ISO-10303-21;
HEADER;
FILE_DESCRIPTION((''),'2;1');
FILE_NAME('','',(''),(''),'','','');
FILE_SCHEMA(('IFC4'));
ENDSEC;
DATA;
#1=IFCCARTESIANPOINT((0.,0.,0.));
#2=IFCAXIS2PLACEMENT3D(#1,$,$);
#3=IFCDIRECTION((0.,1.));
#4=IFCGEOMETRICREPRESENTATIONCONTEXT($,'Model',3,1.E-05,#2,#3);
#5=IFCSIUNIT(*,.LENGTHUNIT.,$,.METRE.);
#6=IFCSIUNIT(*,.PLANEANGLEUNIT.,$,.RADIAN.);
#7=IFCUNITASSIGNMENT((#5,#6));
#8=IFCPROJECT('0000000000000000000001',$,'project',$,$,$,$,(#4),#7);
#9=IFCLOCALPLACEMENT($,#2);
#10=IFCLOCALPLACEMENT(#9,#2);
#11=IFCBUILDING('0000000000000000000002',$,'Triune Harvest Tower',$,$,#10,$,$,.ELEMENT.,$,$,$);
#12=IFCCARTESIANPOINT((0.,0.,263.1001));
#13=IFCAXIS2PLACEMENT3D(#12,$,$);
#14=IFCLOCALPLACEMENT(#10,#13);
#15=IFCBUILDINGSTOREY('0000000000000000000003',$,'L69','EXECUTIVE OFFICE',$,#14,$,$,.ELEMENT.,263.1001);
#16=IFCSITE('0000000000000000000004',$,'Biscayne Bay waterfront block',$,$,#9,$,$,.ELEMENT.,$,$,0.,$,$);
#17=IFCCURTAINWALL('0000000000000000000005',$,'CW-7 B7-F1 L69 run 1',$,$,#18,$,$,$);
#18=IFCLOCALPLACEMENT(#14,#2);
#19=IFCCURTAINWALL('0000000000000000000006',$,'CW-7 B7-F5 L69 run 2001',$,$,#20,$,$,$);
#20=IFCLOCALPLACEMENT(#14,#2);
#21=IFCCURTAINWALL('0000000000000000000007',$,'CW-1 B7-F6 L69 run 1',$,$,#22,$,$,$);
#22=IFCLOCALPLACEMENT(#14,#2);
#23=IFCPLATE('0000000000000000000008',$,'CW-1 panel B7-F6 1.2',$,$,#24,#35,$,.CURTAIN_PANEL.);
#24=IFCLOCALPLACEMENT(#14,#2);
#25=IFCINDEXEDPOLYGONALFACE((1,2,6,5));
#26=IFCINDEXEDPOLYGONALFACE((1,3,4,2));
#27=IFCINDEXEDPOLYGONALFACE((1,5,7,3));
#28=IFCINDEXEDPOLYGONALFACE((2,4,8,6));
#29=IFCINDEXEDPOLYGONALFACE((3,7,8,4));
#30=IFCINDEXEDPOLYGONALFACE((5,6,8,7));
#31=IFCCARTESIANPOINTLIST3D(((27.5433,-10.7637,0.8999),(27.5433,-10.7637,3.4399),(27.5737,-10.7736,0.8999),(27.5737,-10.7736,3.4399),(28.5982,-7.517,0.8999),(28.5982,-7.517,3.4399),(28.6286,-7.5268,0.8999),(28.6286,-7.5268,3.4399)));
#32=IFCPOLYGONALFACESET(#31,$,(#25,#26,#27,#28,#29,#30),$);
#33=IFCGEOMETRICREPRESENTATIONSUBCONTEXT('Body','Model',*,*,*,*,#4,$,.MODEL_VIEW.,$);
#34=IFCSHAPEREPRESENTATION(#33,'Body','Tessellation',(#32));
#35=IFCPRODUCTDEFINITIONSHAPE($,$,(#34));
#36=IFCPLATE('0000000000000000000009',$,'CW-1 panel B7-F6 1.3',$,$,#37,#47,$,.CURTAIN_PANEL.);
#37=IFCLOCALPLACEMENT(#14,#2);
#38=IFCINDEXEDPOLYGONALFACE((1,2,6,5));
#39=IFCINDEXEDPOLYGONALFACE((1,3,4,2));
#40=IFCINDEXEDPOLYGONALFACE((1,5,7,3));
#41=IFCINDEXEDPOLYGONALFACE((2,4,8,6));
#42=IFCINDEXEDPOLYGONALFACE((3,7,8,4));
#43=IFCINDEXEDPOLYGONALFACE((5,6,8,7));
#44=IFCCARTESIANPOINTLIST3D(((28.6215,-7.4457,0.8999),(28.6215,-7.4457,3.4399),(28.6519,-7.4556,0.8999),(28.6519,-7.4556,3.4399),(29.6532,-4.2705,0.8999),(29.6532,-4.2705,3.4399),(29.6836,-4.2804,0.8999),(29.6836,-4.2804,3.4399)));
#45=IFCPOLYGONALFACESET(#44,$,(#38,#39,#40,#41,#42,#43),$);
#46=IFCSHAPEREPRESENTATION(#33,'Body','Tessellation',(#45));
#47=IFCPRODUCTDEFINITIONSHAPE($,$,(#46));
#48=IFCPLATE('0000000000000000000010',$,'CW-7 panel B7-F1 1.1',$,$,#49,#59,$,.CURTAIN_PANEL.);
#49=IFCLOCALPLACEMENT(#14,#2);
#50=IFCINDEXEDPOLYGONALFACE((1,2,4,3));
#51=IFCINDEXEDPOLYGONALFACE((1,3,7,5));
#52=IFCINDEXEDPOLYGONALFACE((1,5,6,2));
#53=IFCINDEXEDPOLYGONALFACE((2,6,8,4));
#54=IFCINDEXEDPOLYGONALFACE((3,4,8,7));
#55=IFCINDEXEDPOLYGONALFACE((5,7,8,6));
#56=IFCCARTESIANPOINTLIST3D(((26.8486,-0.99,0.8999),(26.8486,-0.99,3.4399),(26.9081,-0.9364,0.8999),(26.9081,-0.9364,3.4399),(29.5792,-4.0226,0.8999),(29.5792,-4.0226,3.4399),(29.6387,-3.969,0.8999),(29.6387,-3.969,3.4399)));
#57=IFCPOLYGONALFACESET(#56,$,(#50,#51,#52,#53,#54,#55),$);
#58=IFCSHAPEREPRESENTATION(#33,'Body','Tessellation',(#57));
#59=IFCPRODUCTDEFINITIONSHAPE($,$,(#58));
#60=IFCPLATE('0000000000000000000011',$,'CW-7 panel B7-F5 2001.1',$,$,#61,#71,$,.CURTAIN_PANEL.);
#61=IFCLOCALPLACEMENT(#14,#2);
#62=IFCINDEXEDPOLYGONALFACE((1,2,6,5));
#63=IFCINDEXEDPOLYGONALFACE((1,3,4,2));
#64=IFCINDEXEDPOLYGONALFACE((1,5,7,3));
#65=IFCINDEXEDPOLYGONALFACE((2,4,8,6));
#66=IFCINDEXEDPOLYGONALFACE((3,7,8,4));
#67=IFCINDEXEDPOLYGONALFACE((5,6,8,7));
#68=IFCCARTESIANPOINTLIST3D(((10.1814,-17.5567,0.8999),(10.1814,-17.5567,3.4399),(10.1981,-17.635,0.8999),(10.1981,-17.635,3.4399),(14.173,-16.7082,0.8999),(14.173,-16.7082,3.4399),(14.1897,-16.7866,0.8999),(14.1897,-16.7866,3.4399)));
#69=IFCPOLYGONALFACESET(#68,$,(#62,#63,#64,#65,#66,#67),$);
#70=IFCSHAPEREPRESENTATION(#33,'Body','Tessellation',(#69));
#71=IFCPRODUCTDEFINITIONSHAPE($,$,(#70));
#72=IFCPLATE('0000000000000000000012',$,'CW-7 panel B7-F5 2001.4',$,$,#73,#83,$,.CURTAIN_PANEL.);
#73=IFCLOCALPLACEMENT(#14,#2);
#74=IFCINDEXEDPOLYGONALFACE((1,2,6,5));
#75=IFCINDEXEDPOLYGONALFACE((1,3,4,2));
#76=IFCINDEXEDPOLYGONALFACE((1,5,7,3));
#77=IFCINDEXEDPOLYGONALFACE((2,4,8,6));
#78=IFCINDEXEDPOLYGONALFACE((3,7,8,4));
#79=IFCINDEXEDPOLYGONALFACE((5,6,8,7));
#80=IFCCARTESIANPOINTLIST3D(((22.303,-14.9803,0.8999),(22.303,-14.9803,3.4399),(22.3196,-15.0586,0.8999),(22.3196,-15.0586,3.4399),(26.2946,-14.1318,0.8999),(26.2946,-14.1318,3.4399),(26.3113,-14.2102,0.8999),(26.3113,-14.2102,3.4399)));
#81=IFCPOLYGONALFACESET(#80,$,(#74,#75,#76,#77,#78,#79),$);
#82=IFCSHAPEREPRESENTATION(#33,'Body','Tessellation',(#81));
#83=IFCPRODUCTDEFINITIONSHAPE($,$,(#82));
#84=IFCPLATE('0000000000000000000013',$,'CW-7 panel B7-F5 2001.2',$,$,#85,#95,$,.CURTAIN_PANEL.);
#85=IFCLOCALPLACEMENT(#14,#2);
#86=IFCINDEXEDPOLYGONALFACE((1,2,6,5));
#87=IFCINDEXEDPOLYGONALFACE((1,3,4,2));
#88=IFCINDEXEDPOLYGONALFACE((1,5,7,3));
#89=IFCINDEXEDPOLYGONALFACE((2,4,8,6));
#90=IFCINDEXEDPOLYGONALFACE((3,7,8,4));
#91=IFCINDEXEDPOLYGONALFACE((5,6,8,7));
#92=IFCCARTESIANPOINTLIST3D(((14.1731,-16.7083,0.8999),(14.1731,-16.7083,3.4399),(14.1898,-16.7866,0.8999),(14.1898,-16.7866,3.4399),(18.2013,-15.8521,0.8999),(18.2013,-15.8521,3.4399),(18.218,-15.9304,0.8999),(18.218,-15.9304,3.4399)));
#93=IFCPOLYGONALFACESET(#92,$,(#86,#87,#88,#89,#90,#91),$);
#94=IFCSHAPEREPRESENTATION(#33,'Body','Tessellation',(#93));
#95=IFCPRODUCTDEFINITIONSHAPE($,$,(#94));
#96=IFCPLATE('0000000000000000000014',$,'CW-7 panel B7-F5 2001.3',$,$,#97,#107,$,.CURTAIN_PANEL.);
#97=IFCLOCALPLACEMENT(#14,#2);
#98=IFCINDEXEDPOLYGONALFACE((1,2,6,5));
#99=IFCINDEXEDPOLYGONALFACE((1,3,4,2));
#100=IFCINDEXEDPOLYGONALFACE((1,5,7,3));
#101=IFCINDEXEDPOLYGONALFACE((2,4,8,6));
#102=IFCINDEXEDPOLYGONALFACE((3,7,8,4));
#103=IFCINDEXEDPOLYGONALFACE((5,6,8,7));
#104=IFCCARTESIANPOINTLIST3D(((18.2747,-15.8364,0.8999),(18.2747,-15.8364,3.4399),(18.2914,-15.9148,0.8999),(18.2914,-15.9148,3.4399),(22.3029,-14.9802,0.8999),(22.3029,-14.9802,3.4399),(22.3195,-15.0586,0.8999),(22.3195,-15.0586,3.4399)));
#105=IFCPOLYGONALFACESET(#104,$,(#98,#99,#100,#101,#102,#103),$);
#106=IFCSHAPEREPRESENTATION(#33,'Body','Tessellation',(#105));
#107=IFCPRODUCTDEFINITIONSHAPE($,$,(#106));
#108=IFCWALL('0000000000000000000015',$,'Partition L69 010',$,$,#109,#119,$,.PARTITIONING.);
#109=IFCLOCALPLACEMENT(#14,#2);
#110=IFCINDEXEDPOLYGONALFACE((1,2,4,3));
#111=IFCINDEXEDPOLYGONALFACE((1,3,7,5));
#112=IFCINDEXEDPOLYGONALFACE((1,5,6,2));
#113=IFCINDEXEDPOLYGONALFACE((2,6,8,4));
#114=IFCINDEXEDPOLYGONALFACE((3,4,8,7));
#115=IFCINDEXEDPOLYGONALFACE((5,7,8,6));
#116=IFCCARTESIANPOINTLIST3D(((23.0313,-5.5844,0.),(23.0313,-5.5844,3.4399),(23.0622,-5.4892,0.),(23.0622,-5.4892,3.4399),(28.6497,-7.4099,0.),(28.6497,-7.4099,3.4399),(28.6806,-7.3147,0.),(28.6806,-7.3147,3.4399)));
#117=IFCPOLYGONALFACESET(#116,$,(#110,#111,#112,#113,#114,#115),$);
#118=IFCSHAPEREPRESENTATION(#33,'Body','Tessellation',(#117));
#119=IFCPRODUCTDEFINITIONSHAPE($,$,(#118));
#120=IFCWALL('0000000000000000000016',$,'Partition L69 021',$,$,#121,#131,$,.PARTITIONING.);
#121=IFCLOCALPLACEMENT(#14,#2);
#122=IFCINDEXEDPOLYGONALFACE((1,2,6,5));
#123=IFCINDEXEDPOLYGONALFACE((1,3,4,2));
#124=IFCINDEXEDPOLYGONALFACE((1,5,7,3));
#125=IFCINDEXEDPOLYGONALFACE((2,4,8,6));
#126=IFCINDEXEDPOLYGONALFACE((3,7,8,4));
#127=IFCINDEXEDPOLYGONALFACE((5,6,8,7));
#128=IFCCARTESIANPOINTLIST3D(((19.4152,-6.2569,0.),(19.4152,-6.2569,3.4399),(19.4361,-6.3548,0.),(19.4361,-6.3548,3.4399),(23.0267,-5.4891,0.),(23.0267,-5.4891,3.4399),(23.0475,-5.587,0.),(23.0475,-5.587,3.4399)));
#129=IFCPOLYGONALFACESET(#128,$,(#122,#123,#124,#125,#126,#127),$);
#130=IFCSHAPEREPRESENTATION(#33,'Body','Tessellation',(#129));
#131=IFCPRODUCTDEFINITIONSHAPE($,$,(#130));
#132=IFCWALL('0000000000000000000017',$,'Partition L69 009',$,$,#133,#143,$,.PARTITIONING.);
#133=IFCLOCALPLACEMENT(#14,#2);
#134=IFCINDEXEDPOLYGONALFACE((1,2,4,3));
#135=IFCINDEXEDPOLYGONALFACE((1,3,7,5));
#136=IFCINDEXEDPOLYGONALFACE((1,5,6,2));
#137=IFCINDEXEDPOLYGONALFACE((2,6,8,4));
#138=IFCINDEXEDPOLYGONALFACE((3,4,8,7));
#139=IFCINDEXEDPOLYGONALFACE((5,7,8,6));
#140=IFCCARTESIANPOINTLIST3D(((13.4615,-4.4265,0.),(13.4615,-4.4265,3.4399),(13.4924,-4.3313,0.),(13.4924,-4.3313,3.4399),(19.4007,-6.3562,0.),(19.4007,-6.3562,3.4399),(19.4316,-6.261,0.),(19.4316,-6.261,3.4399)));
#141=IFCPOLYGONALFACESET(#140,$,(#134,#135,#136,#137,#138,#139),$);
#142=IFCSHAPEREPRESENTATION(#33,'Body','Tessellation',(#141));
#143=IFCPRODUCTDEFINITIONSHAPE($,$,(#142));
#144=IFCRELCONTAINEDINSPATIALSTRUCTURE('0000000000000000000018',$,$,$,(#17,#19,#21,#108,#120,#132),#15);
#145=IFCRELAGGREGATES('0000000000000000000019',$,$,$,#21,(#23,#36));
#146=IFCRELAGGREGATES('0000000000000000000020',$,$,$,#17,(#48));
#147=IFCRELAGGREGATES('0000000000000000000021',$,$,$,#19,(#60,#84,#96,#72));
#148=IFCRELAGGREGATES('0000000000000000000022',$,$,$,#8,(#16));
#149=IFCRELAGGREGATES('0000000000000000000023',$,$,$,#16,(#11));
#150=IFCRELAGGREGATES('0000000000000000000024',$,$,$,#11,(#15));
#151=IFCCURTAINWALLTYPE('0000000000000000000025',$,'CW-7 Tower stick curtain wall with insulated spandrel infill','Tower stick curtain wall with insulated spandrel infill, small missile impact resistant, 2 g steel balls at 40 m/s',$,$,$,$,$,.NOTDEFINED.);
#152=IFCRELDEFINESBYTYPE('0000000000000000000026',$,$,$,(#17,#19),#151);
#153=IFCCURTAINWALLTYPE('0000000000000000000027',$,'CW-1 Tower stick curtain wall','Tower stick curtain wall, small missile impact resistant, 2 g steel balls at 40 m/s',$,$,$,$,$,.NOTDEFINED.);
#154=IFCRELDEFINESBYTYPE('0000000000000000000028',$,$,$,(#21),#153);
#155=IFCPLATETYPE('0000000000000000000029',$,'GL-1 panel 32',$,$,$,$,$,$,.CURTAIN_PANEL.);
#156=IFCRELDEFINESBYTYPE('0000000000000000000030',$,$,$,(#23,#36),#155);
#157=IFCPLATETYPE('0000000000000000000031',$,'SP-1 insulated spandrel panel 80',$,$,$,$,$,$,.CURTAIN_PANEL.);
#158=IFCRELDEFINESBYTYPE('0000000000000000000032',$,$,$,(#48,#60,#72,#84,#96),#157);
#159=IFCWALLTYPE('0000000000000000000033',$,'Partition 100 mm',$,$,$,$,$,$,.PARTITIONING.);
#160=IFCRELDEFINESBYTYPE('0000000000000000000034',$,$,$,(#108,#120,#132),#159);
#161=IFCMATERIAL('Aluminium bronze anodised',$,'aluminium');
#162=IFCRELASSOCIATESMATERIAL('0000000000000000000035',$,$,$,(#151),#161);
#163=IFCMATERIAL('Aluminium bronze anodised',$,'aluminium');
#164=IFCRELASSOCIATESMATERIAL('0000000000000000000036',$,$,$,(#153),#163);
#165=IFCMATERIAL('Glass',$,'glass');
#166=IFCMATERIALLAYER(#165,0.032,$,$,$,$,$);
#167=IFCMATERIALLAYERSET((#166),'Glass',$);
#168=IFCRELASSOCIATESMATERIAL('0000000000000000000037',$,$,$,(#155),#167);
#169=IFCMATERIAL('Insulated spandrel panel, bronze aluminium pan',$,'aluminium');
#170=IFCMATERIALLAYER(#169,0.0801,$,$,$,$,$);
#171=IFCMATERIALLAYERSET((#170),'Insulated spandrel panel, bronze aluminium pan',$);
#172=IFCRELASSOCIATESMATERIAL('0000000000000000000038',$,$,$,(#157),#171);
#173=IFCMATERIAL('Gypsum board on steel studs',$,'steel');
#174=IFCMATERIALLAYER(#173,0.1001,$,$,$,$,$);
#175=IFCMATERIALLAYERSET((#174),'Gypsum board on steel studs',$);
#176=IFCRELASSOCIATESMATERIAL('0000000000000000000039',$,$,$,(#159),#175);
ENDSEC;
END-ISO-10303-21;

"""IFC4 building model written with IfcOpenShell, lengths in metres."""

from ifc_helpers import new_model, si_unit, direction, frame, frame_2d, origin, origin_2d, place, context, subcontext, project, spatial, rectangle, extrude, source, transform, mapped, material, layer, layer_set, type_object, element, aggregate, save


model = new_model("IFC4")

# Units and contexts
model_context = context("Model", 3, precision=1e-05, world=origin(), true_north=direction((0.0, 1.0)))
body_context = subcontext(model_context, "Body", "Model", "MODEL_VIEW")
ifc_project = project(units=[si_unit("LENGTHUNIT", "METRE"), si_unit("PLANEANGLEUNIT", "RADIAN")], contexts=[model_context])

# Site, building, storey
site_placement = place(None, origin())
site = spatial("IfcSite", under=ifc_project, at=site_placement, Name="Biscayne Bay waterfront block", CompositionType="ELEMENT", RefElevation=0.0)
building_placement = place(site_placement, origin())
building = spatial("IfcBuilding", under=site, at=building_placement, Name="Triune Harvest Tower", CompositionType="ELEMENT")
storey_placement = place(building_placement, frame((0.0, 0.0, 263.1001)))
storey = spatial("IfcBuildingStorey", under=building, at=storey_placement, Name="L69", Description="EXECUTIVE OFFICE", CompositionType="ELEMENT", Elevation=263.1001)

# Curtain wall
ifc_material_1 = material(Name="Aluminium bronze anodised", Category="aluminium")
curtain_wall_type_1 = type_object("IfcCurtainWallType", Name="CW-7 Tower stick curtain wall with insulated spandrel infill", Description="Tower stick curtain wall with insulated spandrel infill, small missile impact resistant, 2 g steel balls at 40 m/s", PredefinedType="NOTDEFINED", material=ifc_material_1)
curtain_wall_1_placement = place(storey_placement, origin())
curtain_wall_1 = element("IfcCurtainWall", 1, at=curtain_wall_1_placement, inside=storey, type_object=curtain_wall_type_1, Name="CW-7 B7-F1 L69 run 1")

# Curtain walls
curtain_wall_2_placement = place(storey_placement, origin())
curtain_wall_2 = element("IfcCurtainWall", 2, at=curtain_wall_2_placement, inside=storey, type_object=curtain_wall_type_1, Name="CW-7 B7-F5 L69 run 2001")
ifc_material_2 = material(Name="Aluminium bronze anodised", Category="aluminium")
curtain_wall_type_2 = type_object("IfcCurtainWallType", Name="CW-1 Tower stick curtain wall", Description="Tower stick curtain wall, small missile impact resistant, 2 g steel balls at 40 m/s", PredefinedType="NOTDEFINED", material=ifc_material_2)
curtain_wall_3_placement = place(storey_placement, origin())
curtain_wall_3 = element("IfcCurtainWall", 3, at=curtain_wall_3_placement, inside=storey, type_object=curtain_wall_type_2, Name="CW-1 B7-F6 L69 run 1")

# Plates
ifc_material_3 = material(Name="Glass", Category="glass")
ifc_layer_1 = layer(ifc_material_3, 0.032)
ifc_layer_set_1 = layer_set([ifc_layer_1], Name="Glass")
plate_type_1 = type_object("IfcPlateType", Name="GL-1 panel 32", PredefinedType="CURTAIN_PANEL", material=ifc_layer_set_1)
shared_shape_1 = source(origin(), body_context, "Body", "SweptSolid", [
    extrude(rectangle(XDim=3.4138, YDim=0.032, at=origin_2d()), origin(), (0.0, 0.0, 1.0), 2.54),
])
plate_1_placement = place(storey_placement, frame((28.0859, -9.1453, 0.8999), z_axis=(0.0, 0.0, 1.0), x_axis=(0.309019, 0.951056, 0.0)))
plate_1 = element("IfcPlate", 4, at=plate_1_placement, type_object=plate_type_1, Name="CW-1 panel B7-F6 1.2", PredefinedType="CURTAIN_PANEL", context=body_context, shape_type="MappedRepresentation", body=[
    mapped(shared_shape_1, transform((0.0, 0.0, 0.0), scale=1.0)),
])
shared_shape_2 = source(origin(), body_context, "Body", "SweptSolid", [
    extrude(rectangle(XDim=3.3386, YDim=0.032, at=origin_2d()), origin(), (0.0, 0.0, 1.0), 2.54),
])
plate_2_placement = place(storey_placement, frame((29.1526, -5.863, 0.8999), z_axis=(0.0, 0.0, 1.0), x_axis=(0.309019, 0.951056, 0.0)))
plate_2 = element("IfcPlate", 5, at=plate_2_placement, type_object=plate_type_1, Name="CW-1 panel B7-F6 1.3", PredefinedType="CURTAIN_PANEL", context=body_context, shape_type="MappedRepresentation", body=[
    mapped(shared_shape_2, transform((0.0, 0.0, 0.0), scale=1.0)),
])
aggregate(curtain_wall_3, [plate_1, plate_2])
ifc_material_4 = material(Name="Insulated spandrel panel, bronze aluminium pan", Category="aluminium")
ifc_layer_2 = layer(ifc_material_4, 0.0801)
ifc_layer_set_2 = layer_set([ifc_layer_2], Name="Insulated spandrel panel, bronze aluminium pan")
plate_type_2 = type_object("IfcPlateType", Name="SP-1 insulated spandrel panel 80", PredefinedType="CURTAIN_PANEL", material=ifc_layer_set_2)
shared_shape_3 = source(origin(), body_context, "Body", "SweptSolid", [
    extrude(rectangle(XDim=4.0808, YDim=0.0801, at=origin_2d()), origin(), (0.0, 0.0, 1.0), 2.54),
])
plate_3_placement = place(storey_placement, frame((28.2437, -2.4795, 0.8999), z_axis=(0.0, 0.0, 1.0), x_axis=(-0.669134, 0.743142, 0.0)))
plate_3 = element("IfcPlate", 6, at=plate_3_placement, type_object=plate_type_2, Name="CW-7 panel B7-F1 1.1", PredefinedType="CURTAIN_PANEL", context=body_context, shape_type="MappedRepresentation", body=[
    mapped(shared_shape_3, transform((0.0, 0.0, 0.0), scale=1.0)),
])
aggregate(curtain_wall_1, [plate_3])
plate_4_placement = place(storey_placement, frame((12.1855, -17.1716, 0.8999), z_axis=(0.0, 0.0, 1.0), x_axis=(0.978148, 0.207909, 0.0)))
plate_4 = element("IfcPlate", 7, at=plate_4_placement, type_object=plate_type_2, Name="CW-7 panel B7-F5 2001.1", PredefinedType="CURTAIN_PANEL", context=body_context, shape_type="MappedRepresentation", body=[
    mapped(shared_shape_3, transform((0.0, 0.0, 0.0), scale=1.0)),
])
plate_5_placement = place(storey_placement, frame((24.3071, -14.5952, 0.8999), z_axis=(0.0, 0.0, 1.0), x_axis=(0.978148, 0.207909, 0.0)))
plate_5 = element("IfcPlate", 8, at=plate_5_placement, type_object=plate_type_2, Name="CW-7 panel B7-F5 2001.4", PredefinedType="CURTAIN_PANEL", context=body_context, shape_type="MappedRepresentation", body=[
    mapped(shared_shape_3, transform((0.0, 0.0, 0.0), scale=1.0)),
])
shared_shape_4 = source(origin(), body_context, "Body", "SweptSolid", [
    extrude(rectangle(XDim=4.1182, YDim=0.0801, at=origin_2d()), origin(), (0.0, 0.0, 1.0), 2.54),
])
plate_6_placement = place(storey_placement, frame((16.1956, -16.3193, 0.8999), z_axis=(0.0, 0.0, 1.0), x_axis=(0.978148, 0.207909, 0.0)))
plate_6 = element("IfcPlate", 9, at=plate_6_placement, type_object=plate_type_2, Name="CW-7 panel B7-F5 2001.2", PredefinedType="CURTAIN_PANEL", context=body_context, shape_type="MappedRepresentation", body=[
    mapped(shared_shape_4, transform((0.0, 0.0, 0.0), scale=1.0)),
])
plate_7_placement = place(storey_placement, frame((20.2971, -15.4475, 0.8999), z_axis=(0.0, 0.0, 1.0), x_axis=(0.978148, 0.207909, 0.0)))
plate_7 = element("IfcPlate", 10, at=plate_7_placement, type_object=plate_type_2, Name="CW-7 panel B7-F5 2001.3", PredefinedType="CURTAIN_PANEL", context=body_context, shape_type="MappedRepresentation", body=[
    mapped(shared_shape_4, transform((0.0, 0.0, 0.0), scale=1.0)),
])
aggregate(curtain_wall_2, [plate_4, plate_6, plate_7, plate_5])

# Walls
ifc_material_5 = material(Name="Gypsum board on steel studs", Category="steel")
ifc_layer_3 = layer(ifc_material_5, 0.1001)
ifc_layer_set_3 = layer_set([ifc_layer_3], Name="Gypsum board on steel studs")
wall_type = type_object("IfcWallType", Name="Partition 100 mm", PredefinedType="PARTITIONING", material=ifc_layer_set_3)
wall_1_placement = place(storey_placement, frame((23.0469, -5.5369, 0.0), z_axis=(0.0, 0.0, 1.0), x_axis=(0.951061, -0.309003, 0.0)))
element("IfcWall", 11, at=wall_1_placement, inside=storey, type_object=wall_type, Name="Partition L69 010", PredefinedType="PARTITIONING", context=body_context, shape_type="SweptSolid", body=[
    extrude(rectangle(XDim=5.9075, YDim=0.1001, at=frame_2d((2.9536, 0.0))), origin(), (0.0, 0.0, 1.0), 3.4399),
])
wall_2_placement = place(storey_placement, frame((19.4255, -6.3059, 0.0), z_axis=(0.0, 0.0, 1.0), x_axis=(0.978136, 0.207966, 0.0)))
element("IfcWall", 12, at=wall_2_placement, inside=storey, type_object=wall_type, Name="Partition L69 021", PredefinedType="PARTITIONING", context=body_context, shape_type="SweptSolid", body=[
    extrude(rectangle(XDim=3.6921, YDim=0.1001, at=frame_2d((1.8462, 0.0))), origin(), (0.0, 0.0, 1.0), 3.4399),
])
shared_shape_5 = source(origin(), body_context, "Body", "SweptSolid", [
    extrude(rectangle(XDim=6.2449, YDim=0.1001, at=frame_2d((3.1226, 0.0))), origin(), (0.0, 0.0, 1.0), 3.4399),
])
wall_3_placement = place(storey_placement, frame((13.4768, -4.3789, 0.0), z_axis=(0.0, 0.0, 1.0), x_axis=(0.95106, -0.309006, 0.0)))
element("IfcWall", 13, at=wall_3_placement, inside=storey, type_object=wall_type, Name="Partition L69 009", PredefinedType="PARTITIONING", context=body_context, shape_type="MappedRepresentation", body=[
    mapped(shared_shape_5, transform((0.0, 0.0, 0.0), scale=1.0)),
])

save(model, "model.ifc")
